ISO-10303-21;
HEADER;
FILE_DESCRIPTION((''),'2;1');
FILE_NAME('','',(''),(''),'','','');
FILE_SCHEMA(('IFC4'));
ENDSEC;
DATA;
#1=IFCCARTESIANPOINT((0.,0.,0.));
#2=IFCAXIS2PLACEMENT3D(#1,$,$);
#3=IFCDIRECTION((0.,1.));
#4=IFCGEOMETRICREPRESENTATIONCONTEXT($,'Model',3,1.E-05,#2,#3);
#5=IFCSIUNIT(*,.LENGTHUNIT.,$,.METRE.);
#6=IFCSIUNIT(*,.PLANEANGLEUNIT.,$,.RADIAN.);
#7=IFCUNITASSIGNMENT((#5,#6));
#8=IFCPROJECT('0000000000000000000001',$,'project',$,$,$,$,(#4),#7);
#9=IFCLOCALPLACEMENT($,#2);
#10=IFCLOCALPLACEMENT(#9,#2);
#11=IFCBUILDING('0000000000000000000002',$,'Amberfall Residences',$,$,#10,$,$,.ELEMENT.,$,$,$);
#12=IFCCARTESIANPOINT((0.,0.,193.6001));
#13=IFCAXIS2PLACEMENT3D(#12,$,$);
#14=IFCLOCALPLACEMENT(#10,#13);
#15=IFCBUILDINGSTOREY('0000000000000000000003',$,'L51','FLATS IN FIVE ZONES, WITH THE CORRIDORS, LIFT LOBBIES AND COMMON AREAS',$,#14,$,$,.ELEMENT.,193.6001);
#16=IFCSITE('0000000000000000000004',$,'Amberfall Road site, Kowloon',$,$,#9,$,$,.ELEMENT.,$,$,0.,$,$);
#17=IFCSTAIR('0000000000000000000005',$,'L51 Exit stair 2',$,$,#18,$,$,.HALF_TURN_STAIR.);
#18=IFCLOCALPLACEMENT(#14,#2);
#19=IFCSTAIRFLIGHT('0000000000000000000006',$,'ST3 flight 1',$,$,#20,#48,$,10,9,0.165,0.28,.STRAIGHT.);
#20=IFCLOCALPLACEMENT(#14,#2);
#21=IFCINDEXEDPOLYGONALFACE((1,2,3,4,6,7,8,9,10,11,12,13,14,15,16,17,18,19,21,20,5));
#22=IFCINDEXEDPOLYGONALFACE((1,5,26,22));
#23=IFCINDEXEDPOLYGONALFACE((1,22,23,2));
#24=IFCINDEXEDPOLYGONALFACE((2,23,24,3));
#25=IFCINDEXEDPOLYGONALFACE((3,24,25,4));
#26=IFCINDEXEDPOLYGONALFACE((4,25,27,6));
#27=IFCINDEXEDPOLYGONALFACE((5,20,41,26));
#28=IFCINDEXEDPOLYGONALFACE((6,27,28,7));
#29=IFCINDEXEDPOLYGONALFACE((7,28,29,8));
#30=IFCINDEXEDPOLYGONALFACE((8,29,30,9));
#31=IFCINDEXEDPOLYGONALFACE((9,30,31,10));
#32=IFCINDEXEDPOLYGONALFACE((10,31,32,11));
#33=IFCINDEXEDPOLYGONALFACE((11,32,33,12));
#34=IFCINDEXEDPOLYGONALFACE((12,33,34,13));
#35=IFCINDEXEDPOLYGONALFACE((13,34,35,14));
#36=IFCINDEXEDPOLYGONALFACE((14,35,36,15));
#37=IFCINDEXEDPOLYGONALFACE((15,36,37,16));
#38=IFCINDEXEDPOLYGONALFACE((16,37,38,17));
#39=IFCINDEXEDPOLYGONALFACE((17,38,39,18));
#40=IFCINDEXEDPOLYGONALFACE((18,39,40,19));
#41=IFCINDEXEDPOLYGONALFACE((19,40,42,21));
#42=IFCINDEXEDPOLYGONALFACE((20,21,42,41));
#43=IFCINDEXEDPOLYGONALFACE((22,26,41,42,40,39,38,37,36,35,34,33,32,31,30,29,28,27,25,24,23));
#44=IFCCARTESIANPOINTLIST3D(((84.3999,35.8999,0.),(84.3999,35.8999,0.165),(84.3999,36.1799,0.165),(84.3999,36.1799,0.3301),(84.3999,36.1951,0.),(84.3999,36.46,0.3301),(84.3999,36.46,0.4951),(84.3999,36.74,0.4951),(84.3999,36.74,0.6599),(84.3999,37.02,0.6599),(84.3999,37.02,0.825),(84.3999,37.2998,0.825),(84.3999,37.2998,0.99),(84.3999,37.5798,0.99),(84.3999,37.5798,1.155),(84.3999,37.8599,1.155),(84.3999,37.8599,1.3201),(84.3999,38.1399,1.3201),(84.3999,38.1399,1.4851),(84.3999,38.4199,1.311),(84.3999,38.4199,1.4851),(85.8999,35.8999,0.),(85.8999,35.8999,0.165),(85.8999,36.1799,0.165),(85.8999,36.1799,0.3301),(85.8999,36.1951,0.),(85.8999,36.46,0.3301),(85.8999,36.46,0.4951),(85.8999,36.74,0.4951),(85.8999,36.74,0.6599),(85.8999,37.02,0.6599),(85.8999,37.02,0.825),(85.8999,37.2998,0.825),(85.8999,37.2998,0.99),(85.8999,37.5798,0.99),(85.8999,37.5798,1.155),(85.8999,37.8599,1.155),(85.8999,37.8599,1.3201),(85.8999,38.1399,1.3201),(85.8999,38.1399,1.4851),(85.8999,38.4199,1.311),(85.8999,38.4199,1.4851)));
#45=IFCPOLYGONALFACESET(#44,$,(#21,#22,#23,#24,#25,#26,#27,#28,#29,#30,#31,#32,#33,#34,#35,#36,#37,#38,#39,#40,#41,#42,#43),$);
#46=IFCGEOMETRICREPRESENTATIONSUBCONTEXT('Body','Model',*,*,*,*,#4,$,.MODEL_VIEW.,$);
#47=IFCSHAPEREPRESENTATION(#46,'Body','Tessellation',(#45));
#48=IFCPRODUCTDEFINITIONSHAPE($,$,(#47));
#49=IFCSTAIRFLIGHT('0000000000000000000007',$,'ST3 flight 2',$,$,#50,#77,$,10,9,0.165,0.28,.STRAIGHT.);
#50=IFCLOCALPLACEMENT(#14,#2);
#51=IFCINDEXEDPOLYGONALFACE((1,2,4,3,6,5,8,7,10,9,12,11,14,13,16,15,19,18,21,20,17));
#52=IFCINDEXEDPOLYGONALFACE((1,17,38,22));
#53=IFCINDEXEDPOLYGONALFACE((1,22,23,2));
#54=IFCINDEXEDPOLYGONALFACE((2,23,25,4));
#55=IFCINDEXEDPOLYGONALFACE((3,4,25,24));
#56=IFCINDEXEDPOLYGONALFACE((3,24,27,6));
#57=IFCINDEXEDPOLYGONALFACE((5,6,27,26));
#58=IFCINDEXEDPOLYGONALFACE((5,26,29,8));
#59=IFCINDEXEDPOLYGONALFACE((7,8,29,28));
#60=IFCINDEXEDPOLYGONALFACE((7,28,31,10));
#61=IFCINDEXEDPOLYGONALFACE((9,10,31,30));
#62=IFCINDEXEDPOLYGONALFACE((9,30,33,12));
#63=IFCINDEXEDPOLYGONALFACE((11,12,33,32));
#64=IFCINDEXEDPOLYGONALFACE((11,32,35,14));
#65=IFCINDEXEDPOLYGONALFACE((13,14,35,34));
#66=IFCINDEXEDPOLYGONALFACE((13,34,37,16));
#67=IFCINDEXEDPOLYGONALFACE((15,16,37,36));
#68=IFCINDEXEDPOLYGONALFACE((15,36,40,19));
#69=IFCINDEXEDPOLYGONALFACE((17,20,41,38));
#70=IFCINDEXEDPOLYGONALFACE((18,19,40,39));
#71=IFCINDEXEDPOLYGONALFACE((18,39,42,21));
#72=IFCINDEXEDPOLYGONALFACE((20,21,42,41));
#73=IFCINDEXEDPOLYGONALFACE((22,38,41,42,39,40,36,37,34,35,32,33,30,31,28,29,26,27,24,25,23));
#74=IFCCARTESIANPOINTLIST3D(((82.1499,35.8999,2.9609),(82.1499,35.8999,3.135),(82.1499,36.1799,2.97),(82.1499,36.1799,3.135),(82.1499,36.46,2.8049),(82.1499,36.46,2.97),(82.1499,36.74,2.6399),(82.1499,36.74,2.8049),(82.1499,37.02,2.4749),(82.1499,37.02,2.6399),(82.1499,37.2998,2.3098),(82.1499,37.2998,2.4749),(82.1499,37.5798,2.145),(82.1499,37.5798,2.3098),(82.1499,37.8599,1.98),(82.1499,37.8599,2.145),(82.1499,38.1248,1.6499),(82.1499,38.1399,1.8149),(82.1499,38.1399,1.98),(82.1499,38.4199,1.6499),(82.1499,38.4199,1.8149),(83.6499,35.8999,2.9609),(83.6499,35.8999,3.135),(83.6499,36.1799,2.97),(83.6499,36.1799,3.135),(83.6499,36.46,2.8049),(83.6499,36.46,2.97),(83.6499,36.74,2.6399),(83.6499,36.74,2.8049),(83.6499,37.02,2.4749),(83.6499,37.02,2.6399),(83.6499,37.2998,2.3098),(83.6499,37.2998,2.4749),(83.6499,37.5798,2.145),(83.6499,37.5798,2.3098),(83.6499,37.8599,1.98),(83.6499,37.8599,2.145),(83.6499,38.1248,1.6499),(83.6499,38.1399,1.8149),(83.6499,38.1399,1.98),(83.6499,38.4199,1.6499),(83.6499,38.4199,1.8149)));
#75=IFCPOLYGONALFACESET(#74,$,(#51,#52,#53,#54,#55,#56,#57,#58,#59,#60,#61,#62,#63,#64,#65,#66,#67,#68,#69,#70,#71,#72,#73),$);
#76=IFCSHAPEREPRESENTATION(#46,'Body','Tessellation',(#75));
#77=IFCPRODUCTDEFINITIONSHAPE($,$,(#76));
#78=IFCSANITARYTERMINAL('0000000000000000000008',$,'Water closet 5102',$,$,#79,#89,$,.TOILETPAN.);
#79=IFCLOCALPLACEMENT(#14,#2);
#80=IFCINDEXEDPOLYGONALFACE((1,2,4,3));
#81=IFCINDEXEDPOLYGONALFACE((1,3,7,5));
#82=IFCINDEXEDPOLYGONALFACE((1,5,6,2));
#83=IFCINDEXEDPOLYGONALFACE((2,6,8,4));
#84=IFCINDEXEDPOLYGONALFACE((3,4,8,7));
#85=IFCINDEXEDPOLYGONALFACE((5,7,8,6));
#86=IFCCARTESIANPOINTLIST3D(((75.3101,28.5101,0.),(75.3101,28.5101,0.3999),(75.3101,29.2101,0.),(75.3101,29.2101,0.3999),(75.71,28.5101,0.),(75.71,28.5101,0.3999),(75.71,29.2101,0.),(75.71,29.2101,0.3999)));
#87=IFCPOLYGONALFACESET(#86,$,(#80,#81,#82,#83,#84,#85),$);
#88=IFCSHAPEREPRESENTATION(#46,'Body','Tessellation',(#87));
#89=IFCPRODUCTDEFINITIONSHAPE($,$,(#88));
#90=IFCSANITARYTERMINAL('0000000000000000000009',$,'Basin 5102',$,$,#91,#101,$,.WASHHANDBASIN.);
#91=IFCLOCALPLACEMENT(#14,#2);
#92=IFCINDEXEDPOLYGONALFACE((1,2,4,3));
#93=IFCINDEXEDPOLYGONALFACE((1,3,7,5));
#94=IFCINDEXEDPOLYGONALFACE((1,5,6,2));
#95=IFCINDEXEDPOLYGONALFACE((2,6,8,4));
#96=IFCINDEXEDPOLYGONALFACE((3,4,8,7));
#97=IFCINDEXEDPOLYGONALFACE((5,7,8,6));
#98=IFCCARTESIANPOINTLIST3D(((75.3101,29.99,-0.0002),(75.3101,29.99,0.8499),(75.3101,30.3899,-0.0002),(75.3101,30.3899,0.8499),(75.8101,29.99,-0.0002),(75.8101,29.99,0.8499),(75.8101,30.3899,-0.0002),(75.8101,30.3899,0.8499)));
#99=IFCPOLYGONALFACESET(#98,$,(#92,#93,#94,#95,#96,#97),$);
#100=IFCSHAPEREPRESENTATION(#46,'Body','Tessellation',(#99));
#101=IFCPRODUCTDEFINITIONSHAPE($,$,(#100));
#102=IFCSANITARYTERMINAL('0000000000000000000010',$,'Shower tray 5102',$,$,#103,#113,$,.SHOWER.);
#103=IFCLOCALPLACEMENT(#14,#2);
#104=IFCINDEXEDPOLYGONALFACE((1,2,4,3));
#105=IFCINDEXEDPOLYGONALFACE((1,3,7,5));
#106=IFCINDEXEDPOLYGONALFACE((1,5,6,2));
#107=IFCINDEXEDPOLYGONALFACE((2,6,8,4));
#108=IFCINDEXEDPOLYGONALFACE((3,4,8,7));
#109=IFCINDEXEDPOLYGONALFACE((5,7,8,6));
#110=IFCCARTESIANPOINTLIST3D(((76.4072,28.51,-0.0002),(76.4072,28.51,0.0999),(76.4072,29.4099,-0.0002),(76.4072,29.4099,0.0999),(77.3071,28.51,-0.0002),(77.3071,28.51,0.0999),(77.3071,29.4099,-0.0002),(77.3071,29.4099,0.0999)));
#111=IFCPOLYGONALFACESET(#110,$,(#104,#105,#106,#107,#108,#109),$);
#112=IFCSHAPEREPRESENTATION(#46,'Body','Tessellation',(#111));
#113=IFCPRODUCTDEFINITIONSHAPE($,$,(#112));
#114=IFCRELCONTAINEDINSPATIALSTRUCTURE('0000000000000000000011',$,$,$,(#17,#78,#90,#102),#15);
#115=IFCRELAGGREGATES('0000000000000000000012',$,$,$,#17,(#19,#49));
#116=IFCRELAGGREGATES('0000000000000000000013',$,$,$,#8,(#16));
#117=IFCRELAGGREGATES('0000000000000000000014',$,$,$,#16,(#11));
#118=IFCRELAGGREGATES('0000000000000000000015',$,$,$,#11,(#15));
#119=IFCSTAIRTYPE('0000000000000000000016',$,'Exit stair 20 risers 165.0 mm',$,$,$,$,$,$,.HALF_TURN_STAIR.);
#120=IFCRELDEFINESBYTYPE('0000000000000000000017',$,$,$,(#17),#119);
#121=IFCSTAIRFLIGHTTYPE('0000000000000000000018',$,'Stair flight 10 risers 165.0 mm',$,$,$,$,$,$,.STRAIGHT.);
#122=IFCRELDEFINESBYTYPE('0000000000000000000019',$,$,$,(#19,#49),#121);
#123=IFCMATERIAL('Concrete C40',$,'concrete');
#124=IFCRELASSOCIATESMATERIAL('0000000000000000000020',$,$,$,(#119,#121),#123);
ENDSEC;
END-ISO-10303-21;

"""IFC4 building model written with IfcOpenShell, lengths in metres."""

from ifc_helpers import new_model, si_unit, direction, frame, origin, origin_2d, place, context, subcontext, project, spatial, polyline, rectangle, outline, extrude, material, type_object, element, aggregate, save


model = new_model("IFC4")

# Units and contexts
model_context = context("Model", 3, precision=1e-05, world=origin(), true_north=direction((0.0, 1.0)))
body_context = subcontext(model_context, "Body", "Model", "MODEL_VIEW")
ifc_project = project(units=[si_unit("LENGTHUNIT", "METRE"), si_unit("PLANEANGLEUNIT", "RADIAN")], contexts=[model_context])

# Site, building, storey
site_placement = place(None, origin())
site = spatial("IfcSite", under=ifc_project, at=site_placement, Name="Amberfall Road site, Kowloon", CompositionType="ELEMENT", RefElevation=0.0)
building_placement = place(site_placement, origin())
building = spatial("IfcBuilding", under=site, at=building_placement, Name="Amberfall Residences", CompositionType="ELEMENT")
storey_placement = place(building_placement, frame((0.0, 0.0, 193.6001)))
storey = spatial("IfcBuildingStorey", under=building, at=storey_placement, Name="L51", Description="FLATS IN FIVE ZONES, WITH THE CORRIDORS, LIFT LOBBIES AND COMMON AREAS", CompositionType="ELEMENT", Elevation=193.6001)

# Stair, stair flights
ifc_material_1 = material(Name="Concrete C40", Category="concrete")
stair_type = type_object("IfcStairType", Name="Exit stair 20 risers 165.0 mm", PredefinedType="HALF_TURN_STAIR", material=ifc_material_1)
stair_placement = place(storey_placement, origin())
stair = element("IfcStair", 1, at=stair_placement, inside=storey, type_object=stair_type, Name="L51 Exit stair 2", PredefinedType="HALF_TURN_STAIR")
stair_flight_type = type_object("IfcStairFlightType", Name="Stair flight 10 risers 165.0 mm", PredefinedType="STRAIGHT", material=ifc_material_1)
stair_flight_1_placement = place(storey_placement, frame((85.1499, 35.8999, 0.0), z_axis=(0.0, 0.0, 1.0), x_axis=(0.0, 1.0, 0.0)))
stair_flight_1 = element("IfcStairFlight", 2, at=stair_flight_1_placement, type_object=stair_flight_type, Name="ST3 flight 1", NumberOfRisers=10, NumberOfTreads=9, PredefinedType="STRAIGHT", RiserHeight=0.165, TreadLength=0.28, context=body_context, shape_type="SweptSolid", body=[
    extrude(outline(polyline([(0.0, 0.0), (0.0, 0.165), (0.28, 0.165), (0.28, 0.3301), (0.5601, 0.3301), (0.5601, 0.4951), (0.8401, 0.4951), (0.8401, 0.6599), (1.1201, 0.6599), (1.1201, 0.825), (1.3999, 0.825), (1.3999, 0.99), (1.6799, 0.99), (1.6799, 1.155), (1.96, 1.155), (1.96, 1.3201), (2.24, 1.3201), (2.24, 1.4851), (2.52, 1.4851), (2.52, 1.6499), (2.52, 1.311), (0.2952, 0.0), (0.0, 0.0)])), frame((0.0, 0.75, 0.0), z_axis=(0.0, -1.0, 0.0), x_axis=(1.0, 0.0, 0.0)), (0.0, 0.0, 1.0), 1.5),
])
stair_flight_2_placement = place(storey_placement, frame((82.8999, 38.4199, 1.6499), z_axis=(0.0, 0.0, 1.0), x_axis=(0.0, -1.0, 0.0)))
stair_flight_2 = element("IfcStairFlight", 3, at=stair_flight_2_placement, type_object=stair_flight_type, Name="ST3 flight 2", NumberOfRisers=10, NumberOfTreads=9, PredefinedType="STRAIGHT", RiserHeight=0.165, TreadLength=0.28, context=body_context, shape_type="SweptSolid", body=[
    extrude(outline(polyline([(0.0, 0.0), (0.0, 0.165), (0.28, 0.165), (0.28, 0.3301), (0.5601, 0.3301), (0.5601, 0.4951), (0.8401, 0.4951), (0.8401, 0.6599), (1.1201, 0.6599), (1.1201, 0.825), (1.3999, 0.825), (1.3999, 0.99), (1.6799, 0.99), (1.6799, 1.155), (1.96, 1.155), (1.96, 1.3201), (2.24, 1.3201), (2.24, 1.4851), (2.52, 1.4851), (2.52, 1.6499), (2.52, 1.311), (0.2952, 0.0), (0.0, 0.0)])), frame((0.0, 0.75, 0.0), z_axis=(0.0, -1.0, 0.0), x_axis=(1.0, 0.0, 0.0)), (0.0, 0.0, 1.0), 1.5),
])
aggregate(stair, [stair_flight_1, stair_flight_2])

# Sanitary terminals
sanitary_terminal_1_placement = place(storey_placement, frame((75.51, 28.8601, 0.0), z_axis=(0.0, 0.0, 1.0), x_axis=(1.0, 0.0, 0.0)))
element("IfcSanitaryTerminal", 4, at=sanitary_terminal_1_placement, inside=storey, Name="Water closet 5102", PredefinedType="TOILETPAN", context=body_context, shape_type="SweptSolid", body=[
    extrude(rectangle(XDim=0.3999, YDim=0.7, at=origin_2d()), origin(), (0.0, 0.0, 1.0), 0.3999),
])
sanitary_terminal_2_placement = place(storey_placement, frame((75.5601, 30.1899, -0.0002), z_axis=(0.0, 0.0, 1.0), x_axis=(1.0, 0.0, 0.0)))
element("IfcSanitaryTerminal", 5, at=sanitary_terminal_2_placement, inside=storey, Name="Basin 5102", PredefinedType="WASHHANDBASIN", context=body_context, shape_type="SweptSolid", body=[
    extrude(rectangle(XDim=0.5, YDim=0.3999, at=origin_2d()), origin(), (0.0, 0.0, 1.0), 0.8501),
])
sanitary_terminal_3_placement = place(storey_placement, frame((76.8572, 28.96, -0.0002), z_axis=(0.0, 0.0, 1.0), x_axis=(1.0, 0.0, 0.0)))
element("IfcSanitaryTerminal", 6, at=sanitary_terminal_3_placement, inside=storey, Name="Shower tray 5102", PredefinedType="SHOWER", context=body_context, shape_type="SweptSolid", body=[
    extrude(rectangle(XDim=0.8999, YDim=0.8999, at=origin_2d()), origin(), (0.0, 0.0, 1.0), 0.1001),
])

save(model, "model.ifc")
